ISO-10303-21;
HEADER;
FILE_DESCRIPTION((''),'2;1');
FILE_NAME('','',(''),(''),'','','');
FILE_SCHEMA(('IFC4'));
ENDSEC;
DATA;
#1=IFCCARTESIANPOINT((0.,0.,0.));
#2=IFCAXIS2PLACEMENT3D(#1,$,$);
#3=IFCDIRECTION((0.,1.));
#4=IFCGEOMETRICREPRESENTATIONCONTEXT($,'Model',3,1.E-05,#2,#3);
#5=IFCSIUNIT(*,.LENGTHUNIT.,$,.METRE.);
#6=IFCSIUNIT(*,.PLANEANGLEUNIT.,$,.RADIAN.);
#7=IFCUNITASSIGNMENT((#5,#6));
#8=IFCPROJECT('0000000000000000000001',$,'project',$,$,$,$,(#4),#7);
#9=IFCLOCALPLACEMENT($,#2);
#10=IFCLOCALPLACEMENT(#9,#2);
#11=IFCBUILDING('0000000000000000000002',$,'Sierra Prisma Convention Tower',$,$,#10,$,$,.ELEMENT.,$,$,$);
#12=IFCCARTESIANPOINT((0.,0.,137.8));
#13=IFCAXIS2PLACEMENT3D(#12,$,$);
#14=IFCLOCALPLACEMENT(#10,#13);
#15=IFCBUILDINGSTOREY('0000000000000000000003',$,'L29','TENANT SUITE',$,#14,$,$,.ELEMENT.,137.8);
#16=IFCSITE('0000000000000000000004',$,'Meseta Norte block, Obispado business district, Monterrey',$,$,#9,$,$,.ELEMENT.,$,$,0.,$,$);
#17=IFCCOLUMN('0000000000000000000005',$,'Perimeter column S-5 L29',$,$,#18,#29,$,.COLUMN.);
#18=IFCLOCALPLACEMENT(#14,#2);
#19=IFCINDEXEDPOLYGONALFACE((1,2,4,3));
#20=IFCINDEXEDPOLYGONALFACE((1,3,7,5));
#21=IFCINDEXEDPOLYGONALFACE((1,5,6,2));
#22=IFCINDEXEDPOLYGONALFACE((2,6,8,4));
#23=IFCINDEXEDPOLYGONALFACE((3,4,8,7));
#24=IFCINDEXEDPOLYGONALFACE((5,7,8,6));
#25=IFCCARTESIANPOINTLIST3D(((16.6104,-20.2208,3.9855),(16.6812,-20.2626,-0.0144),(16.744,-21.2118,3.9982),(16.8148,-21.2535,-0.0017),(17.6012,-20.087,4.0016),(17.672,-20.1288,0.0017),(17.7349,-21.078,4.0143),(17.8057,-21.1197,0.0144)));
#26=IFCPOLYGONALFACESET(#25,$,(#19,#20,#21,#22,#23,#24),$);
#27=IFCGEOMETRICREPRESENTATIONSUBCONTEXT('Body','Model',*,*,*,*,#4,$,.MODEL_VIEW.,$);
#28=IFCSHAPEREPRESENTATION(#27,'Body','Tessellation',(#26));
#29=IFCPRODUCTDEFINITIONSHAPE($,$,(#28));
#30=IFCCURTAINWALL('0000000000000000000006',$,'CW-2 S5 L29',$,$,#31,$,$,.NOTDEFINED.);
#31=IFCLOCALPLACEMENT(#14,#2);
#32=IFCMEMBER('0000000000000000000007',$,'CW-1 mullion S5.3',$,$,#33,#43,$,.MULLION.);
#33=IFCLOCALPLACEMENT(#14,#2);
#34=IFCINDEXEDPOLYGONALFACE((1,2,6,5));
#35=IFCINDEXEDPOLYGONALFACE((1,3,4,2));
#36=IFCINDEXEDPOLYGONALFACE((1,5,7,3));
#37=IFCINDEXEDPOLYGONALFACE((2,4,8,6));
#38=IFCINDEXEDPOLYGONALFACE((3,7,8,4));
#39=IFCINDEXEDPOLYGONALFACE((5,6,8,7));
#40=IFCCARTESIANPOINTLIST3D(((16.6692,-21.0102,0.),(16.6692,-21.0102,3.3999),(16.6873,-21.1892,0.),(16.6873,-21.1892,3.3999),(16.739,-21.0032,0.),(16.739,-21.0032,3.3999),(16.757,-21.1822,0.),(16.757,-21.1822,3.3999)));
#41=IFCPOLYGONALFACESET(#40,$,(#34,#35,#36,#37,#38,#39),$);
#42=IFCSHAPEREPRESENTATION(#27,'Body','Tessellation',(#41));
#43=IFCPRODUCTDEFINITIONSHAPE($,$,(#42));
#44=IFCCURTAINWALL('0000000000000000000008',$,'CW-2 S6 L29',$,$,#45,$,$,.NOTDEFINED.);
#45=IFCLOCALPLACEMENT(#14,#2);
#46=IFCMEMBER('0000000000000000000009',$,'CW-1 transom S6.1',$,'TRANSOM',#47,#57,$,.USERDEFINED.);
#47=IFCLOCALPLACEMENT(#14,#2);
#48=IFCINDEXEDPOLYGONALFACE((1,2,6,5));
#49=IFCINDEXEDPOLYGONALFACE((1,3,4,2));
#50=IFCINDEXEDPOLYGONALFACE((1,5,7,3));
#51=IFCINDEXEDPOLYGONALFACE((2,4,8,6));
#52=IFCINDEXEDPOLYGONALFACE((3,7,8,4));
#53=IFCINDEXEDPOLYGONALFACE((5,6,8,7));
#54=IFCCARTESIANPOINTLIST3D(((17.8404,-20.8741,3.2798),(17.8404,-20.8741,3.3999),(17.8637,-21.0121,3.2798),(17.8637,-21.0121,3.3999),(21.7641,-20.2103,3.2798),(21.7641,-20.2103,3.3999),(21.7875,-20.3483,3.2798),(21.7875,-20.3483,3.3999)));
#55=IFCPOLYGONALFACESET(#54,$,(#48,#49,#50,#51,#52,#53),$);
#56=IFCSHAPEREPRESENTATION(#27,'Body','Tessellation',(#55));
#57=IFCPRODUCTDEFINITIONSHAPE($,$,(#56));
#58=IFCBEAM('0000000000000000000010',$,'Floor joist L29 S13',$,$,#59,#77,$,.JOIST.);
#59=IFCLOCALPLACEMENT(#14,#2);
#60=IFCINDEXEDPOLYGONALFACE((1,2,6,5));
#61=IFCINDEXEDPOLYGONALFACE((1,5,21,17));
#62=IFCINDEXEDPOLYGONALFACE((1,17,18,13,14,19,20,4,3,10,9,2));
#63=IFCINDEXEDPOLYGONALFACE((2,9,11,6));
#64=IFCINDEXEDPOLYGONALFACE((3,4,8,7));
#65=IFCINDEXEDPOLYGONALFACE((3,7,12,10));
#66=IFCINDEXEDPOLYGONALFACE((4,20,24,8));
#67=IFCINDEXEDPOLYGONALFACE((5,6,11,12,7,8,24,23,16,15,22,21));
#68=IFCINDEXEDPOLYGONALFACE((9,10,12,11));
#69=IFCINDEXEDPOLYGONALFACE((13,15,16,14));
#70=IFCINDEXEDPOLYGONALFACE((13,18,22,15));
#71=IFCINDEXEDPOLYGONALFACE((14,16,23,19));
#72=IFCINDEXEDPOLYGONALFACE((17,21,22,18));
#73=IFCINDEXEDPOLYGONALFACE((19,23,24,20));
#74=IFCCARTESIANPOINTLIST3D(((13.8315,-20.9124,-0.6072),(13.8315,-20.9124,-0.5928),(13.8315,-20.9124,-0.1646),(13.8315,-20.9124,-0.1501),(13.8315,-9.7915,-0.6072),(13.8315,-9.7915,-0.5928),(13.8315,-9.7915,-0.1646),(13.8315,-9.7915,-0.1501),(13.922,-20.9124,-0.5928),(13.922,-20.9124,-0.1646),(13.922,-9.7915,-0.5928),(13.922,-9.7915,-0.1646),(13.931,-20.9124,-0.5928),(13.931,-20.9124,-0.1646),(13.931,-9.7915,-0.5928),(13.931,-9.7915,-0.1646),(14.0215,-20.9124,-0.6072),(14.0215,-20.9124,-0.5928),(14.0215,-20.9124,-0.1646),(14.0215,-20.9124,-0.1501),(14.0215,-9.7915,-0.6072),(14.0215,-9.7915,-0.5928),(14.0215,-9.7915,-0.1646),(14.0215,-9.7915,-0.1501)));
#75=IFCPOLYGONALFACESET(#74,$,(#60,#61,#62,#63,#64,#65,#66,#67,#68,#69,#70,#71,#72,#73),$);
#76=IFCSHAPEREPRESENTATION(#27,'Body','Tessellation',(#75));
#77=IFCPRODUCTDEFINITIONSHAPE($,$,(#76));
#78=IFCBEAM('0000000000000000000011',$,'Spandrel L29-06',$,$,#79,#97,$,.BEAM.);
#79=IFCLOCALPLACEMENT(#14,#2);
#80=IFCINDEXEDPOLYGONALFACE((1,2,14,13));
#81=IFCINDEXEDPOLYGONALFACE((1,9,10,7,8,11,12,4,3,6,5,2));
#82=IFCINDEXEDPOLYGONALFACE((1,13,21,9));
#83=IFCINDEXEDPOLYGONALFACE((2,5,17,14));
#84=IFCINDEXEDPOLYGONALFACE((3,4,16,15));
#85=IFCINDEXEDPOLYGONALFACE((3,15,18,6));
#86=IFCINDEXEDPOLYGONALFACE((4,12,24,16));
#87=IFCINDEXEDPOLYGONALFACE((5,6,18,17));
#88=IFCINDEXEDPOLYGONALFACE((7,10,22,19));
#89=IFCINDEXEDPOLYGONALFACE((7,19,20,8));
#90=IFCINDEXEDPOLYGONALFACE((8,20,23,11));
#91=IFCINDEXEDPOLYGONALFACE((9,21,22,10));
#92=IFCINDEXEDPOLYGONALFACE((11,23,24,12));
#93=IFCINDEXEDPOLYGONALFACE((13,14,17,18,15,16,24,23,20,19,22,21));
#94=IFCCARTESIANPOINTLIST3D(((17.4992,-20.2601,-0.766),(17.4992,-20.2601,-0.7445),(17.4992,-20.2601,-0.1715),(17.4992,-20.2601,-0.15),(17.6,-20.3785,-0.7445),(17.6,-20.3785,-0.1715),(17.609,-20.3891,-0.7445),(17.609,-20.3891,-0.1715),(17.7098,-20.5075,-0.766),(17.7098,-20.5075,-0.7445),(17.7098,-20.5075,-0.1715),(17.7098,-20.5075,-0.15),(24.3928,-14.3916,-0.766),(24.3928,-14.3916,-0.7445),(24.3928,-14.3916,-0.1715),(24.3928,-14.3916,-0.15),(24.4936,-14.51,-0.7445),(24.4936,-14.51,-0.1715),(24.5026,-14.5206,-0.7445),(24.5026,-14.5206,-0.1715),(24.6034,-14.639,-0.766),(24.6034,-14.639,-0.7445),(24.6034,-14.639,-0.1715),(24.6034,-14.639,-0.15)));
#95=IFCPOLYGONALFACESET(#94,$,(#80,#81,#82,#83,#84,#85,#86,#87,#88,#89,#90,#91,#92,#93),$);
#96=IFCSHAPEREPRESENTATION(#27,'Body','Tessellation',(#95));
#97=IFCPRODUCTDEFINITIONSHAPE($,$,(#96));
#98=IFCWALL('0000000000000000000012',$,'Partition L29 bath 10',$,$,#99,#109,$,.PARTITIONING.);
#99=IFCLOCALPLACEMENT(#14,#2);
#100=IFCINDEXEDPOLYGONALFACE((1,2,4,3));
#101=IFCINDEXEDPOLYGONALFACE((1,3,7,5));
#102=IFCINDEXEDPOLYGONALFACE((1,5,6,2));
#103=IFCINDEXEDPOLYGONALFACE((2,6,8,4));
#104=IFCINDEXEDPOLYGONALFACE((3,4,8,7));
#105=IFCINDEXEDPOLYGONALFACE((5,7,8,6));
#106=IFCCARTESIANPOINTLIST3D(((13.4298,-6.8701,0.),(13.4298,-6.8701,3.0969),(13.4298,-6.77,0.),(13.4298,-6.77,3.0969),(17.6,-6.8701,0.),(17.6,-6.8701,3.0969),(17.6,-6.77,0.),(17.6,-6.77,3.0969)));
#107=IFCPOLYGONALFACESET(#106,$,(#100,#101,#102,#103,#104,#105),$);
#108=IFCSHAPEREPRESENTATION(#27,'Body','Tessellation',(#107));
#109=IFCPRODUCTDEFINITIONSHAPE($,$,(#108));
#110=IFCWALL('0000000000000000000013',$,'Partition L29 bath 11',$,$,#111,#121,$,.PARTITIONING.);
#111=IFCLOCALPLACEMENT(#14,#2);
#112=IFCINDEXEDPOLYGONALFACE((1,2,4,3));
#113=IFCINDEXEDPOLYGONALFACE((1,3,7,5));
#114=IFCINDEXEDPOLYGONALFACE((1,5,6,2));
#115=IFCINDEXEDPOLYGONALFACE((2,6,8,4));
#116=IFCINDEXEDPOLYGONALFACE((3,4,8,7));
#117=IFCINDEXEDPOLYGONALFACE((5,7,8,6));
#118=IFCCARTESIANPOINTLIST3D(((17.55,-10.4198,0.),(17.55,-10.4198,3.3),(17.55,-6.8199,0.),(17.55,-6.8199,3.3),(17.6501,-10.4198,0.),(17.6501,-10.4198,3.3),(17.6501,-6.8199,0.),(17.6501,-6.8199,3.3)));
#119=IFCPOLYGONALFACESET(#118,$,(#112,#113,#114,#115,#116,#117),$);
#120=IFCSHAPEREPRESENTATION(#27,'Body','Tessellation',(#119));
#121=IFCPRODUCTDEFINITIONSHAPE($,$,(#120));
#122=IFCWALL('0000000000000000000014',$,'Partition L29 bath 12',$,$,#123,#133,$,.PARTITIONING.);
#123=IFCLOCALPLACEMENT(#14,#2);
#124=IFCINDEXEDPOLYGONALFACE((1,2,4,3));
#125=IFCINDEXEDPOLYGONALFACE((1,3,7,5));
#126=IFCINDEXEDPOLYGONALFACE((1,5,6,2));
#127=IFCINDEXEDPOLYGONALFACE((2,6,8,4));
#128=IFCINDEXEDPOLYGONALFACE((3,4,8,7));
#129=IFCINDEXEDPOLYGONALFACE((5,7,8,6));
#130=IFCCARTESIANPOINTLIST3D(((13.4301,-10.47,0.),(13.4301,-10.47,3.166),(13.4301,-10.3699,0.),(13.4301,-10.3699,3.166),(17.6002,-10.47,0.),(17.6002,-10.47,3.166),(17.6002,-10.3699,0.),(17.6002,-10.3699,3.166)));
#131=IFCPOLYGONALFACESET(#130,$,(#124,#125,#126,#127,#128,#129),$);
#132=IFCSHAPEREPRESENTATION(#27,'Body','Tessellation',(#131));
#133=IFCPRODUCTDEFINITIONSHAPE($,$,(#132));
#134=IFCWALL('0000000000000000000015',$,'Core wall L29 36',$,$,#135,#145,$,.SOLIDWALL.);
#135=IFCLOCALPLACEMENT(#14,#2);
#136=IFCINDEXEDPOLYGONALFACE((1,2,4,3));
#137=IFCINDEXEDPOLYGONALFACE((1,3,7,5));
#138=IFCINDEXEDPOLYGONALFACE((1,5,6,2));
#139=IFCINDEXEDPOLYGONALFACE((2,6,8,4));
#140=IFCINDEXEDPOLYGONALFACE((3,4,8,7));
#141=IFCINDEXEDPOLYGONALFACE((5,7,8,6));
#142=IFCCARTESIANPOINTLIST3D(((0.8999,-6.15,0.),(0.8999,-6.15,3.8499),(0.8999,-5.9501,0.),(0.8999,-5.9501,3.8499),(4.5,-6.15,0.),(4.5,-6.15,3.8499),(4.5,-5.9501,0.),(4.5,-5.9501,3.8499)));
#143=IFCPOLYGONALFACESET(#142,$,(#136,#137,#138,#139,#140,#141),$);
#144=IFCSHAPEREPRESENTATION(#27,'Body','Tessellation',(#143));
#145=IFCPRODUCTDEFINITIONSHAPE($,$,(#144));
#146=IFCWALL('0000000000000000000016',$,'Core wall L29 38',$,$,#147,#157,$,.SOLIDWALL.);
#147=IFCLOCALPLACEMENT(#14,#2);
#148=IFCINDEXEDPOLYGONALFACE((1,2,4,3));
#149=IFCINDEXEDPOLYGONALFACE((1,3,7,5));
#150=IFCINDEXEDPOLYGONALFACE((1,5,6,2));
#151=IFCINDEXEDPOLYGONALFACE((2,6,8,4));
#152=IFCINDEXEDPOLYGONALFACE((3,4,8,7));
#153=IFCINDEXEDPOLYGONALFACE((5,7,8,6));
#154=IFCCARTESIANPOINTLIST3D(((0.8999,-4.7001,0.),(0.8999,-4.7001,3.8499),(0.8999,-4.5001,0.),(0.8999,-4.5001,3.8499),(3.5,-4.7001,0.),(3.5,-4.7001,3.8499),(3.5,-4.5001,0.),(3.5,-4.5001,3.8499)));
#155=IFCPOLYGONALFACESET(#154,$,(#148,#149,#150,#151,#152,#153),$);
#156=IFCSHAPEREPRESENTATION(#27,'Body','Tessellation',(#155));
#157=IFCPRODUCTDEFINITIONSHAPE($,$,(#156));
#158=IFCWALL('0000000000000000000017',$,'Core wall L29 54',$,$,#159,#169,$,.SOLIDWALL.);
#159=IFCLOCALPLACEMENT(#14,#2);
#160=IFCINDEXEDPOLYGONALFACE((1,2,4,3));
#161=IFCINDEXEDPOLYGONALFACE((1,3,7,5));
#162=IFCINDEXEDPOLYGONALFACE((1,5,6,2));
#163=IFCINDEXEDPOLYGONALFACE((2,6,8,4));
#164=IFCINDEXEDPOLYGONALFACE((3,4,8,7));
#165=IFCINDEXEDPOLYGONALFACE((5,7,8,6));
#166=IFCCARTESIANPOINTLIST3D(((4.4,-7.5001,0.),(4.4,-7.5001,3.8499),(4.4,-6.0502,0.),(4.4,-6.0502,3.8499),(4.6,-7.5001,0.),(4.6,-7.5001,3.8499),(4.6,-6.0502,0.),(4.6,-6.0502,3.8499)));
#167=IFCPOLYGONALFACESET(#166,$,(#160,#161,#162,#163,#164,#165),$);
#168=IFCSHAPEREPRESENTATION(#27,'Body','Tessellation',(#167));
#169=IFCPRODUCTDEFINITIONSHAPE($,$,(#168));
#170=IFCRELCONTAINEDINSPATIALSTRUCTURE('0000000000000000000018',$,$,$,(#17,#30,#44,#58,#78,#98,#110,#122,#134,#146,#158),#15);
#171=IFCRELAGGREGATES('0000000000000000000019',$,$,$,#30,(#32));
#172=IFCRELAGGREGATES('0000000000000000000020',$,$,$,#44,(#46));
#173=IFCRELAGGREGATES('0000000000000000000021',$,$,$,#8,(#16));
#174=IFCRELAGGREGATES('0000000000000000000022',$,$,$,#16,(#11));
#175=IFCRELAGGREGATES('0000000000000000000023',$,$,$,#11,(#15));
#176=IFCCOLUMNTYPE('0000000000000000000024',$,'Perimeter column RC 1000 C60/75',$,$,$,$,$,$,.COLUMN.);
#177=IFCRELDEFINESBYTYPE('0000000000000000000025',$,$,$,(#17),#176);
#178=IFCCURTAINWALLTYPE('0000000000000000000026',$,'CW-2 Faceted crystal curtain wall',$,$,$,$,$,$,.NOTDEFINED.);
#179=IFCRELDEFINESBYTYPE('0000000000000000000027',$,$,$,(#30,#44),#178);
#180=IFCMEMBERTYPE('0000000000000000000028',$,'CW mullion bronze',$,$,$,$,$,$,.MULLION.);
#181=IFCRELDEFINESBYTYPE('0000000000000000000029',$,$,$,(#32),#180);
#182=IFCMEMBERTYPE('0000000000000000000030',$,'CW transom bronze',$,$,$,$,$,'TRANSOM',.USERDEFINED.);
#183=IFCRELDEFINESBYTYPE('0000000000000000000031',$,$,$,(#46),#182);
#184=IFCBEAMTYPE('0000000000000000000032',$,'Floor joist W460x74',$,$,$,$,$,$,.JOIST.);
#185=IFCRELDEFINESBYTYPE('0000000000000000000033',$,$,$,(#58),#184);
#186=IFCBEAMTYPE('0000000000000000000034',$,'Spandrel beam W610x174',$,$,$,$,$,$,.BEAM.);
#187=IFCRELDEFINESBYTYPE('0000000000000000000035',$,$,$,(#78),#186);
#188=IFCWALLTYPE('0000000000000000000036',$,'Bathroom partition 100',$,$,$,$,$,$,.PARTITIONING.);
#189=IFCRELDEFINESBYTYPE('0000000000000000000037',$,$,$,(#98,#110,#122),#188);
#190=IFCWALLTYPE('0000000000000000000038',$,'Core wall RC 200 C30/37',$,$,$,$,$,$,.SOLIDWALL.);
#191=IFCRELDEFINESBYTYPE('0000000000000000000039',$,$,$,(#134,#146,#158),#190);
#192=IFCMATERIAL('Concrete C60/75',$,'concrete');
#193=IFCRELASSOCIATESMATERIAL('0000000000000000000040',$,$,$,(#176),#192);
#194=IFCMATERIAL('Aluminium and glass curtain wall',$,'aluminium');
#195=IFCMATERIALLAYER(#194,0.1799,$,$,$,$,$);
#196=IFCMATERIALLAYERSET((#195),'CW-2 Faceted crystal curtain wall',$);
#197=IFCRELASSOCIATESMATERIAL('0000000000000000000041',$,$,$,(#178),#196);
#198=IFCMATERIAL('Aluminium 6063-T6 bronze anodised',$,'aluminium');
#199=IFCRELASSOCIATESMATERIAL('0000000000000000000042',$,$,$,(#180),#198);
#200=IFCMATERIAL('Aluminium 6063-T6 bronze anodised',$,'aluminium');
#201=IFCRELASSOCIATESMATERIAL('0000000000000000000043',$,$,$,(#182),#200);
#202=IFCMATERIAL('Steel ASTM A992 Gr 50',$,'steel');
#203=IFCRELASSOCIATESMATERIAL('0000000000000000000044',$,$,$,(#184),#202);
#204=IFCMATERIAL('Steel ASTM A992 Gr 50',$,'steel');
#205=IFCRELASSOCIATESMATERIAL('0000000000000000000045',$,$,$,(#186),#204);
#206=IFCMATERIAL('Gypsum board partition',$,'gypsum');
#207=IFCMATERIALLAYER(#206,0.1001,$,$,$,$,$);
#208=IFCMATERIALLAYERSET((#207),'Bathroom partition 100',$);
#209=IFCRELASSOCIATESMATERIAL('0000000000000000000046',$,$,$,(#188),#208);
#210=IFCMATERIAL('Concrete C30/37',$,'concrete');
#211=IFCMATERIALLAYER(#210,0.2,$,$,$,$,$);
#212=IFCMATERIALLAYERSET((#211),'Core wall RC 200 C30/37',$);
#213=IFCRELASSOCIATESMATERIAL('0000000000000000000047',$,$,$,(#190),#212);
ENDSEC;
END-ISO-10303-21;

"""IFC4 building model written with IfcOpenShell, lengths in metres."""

from ifc_helpers import new_model, si_unit, direction, frame, frame_2d, origin, origin_2d, place, context, subcontext, project, spatial, rectangle, i_section, extrude, material, layer, layer_set, material_profile, profile_set, type_object, element, aggregate, save


model = new_model("IFC4")

# Units and contexts
model_context = context("Model", 3, precision=1e-05, world=origin(), true_north=direction((0.0, 1.0)))
body_context = subcontext(model_context, "Body", "Model", "MODEL_VIEW")
ifc_project = project(units=[si_unit("LENGTHUNIT", "METRE"), si_unit("PLANEANGLEUNIT", "RADIAN")], contexts=[model_context])

# Site, building, storey
site_placement = place(None, origin())
site = spatial("IfcSite", under=ifc_project, at=site_placement, Name="Meseta Norte block, Obispado business district, Monterrey", CompositionType="ELEMENT", RefElevation=0.0)
building_placement = place(site_placement, origin())
building = spatial("IfcBuilding", under=site, at=building_placement, Name="Sierra Prisma Convention Tower", CompositionType="ELEMENT")
storey_placement = place(building_placement, frame((0.0, 0.0, 137.8)))
storey = spatial("IfcBuildingStorey", under=building, at=storey_placement, Name="L29", Description="TENANT SUITE", CompositionType="ELEMENT", Elevation=137.8)

# Column
ifc_material_1 = material(Name="Concrete C60/75", Category="concrete")
ifc_material_profile_1 = material_profile(ifc_material_1, rectangle(XDim=1.0, YDim=1.0, at=origin_2d()), Name="Perimeter column RC 1000 C60/75")
ifc_profile_set_1 = profile_set([ifc_material_profile_1], Name="Concrete C60/75")
column_type = type_object("IfcColumnType", Name="Perimeter column RC 1000 C60/75", PredefinedType="COLUMN", material=ifc_profile_set_1)
column_placement = place(storey_placement, frame((17.2434, -20.6912, 0.0), z_axis=(-0.017696, 0.010435, 0.999789), x_axis=(0.990875, 0.133813, 0.016142)))
element("IfcColumn", 1, at=column_placement, inside=storey, type_object=column_type, Name="Perimeter column S-5 L29", PredefinedType="COLUMN", context=body_context, shape_type="SweptSolid", body=[
    extrude(rectangle(XDim=1.0, YDim=1.0, at=origin_2d()), origin(), (0.0, 0.0, 1.0), 4.0007),
])

# Curtain walls, members
ifc_material_2 = material(Name="Aluminium and glass curtain wall", Category="aluminium")
ifc_layer_1 = layer(ifc_material_2, 0.1799)
ifc_layer_set_1 = layer_set([ifc_layer_1], Name="CW-2 Faceted crystal curtain wall")
curtain_wall_type = type_object("IfcCurtainWallType", Name="CW-2 Faceted crystal curtain wall", PredefinedType="NOTDEFINED", material=ifc_layer_set_1)
curtain_wall_1_placement = place(storey_placement, origin())
curtain_wall_1 = element("IfcCurtainWall", 2, at=curtain_wall_1_placement, inside=storey, type_object=curtain_wall_type, Name="CW-2 S5 L29", PredefinedType="NOTDEFINED")
ifc_material_3 = material(Name="Aluminium 6063-T6 bronze anodised", Category="aluminium")
ifc_material_profile_2 = material_profile(ifc_material_3, rectangle(XDim=0.1799, YDim=0.0701, at=origin_2d()), Name="ALU MULLION 70x180")
ifc_profile_set_2 = profile_set([ifc_material_profile_2], Name="Aluminium 6063-T6 bronze anodised")
member_type_1 = type_object("IfcMemberType", Name="CW mullion bronze", PredefinedType="MULLION", material=ifc_profile_set_2)
member_1_placement = place(storey_placement, frame((16.7131, -21.0962, 0.0), z_axis=(0.0, 0.0, 1.0), x_axis=(-0.100359, 0.994951, 0.0)))
member_1 = element("IfcMember", 3, at=member_1_placement, type_object=member_type_1, Name="CW-1 mullion S5.3", PredefinedType="MULLION", context=body_context, shape_type="SweptSolid", body=[
    extrude(rectangle(XDim=0.1799, YDim=0.0701, at=origin_2d()), origin(), (0.0, 0.0, 1.0), 3.3999),
])
aggregate(curtain_wall_1, [member_1])
curtain_wall_2_placement = place(storey_placement, origin())
curtain_wall_2 = element("IfcCurtainWall", 4, at=curtain_wall_2_placement, inside=storey, type_object=curtain_wall_type, Name="CW-2 S6 L29", PredefinedType="NOTDEFINED")
ifc_material_4 = material(Name="Aluminium 6063-T6 bronze anodised", Category="aluminium")
ifc_material_profile_3 = material_profile(ifc_material_4, rectangle(XDim=0.1399, YDim=0.1201, at=origin_2d()), Name="ALU TRANSOM 120x140")
ifc_profile_set_3 = profile_set([ifc_material_profile_3], Name="Aluminium 6063-T6 bronze anodised")
member_type_2 = type_object("IfcMemberType", Name="CW transom bronze", ElementType="TRANSOM", PredefinedType="USERDEFINED", material=ifc_profile_set_3)
member_2_placement = place(storey_placement, frame((17.8521, -20.9431, 3.3398), z_axis=(0.98599, 0.166806, 0.0), x_axis=(-0.166806, 0.98599, 0.0)))
member_2 = element("IfcMember", 5, at=member_2_placement, type_object=member_type_2, Name="CW-1 transom S6.1", ObjectType="TRANSOM", PredefinedType="USERDEFINED", context=body_context, shape_type="SweptSolid", body=[
    extrude(rectangle(XDim=0.1399, YDim=0.1201, at=origin_2d()), origin(), (0.0, 0.0, 1.0), 3.9795),
])
aggregate(curtain_wall_2, [member_2])

# Beams
ifc_material_5 = material(Name="Steel ASTM A992 Gr 50", Category="steel")
ifc_material_profile_4 = material_profile(ifc_material_5, i_section(OverallWidth=0.1899, OverallDepth=0.457, WebThickness=0.009, FlangeThickness=0.0144, at=origin_2d()), Name="W460x74")
ifc_profile_set_4 = profile_set([ifc_material_profile_4], Name="Steel ASTM A992 Gr 50")
beam_type_1 = type_object("IfcBeamType", Name="Floor joist W460x74", PredefinedType="JOIST", material=ifc_profile_set_4)
beam_1_placement = place(storey_placement, frame((13.9265, -20.9124, -0.3787), z_axis=(0.0, 1.0, 0.0), x_axis=(-1.0, 0.0, 0.0)))
element("IfcBeam", 6, at=beam_1_placement, inside=storey, type_object=beam_type_1, Name="Floor joist L29 S13", PredefinedType="JOIST", context=body_context, shape_type="SweptSolid", body=[
    extrude(i_section(OverallWidth=0.1899, OverallDepth=0.457, WebThickness=0.009, FlangeThickness=0.0144, at=origin_2d()), origin(), (0.0, 0.0, 1.0), 11.1208),
])
ifc_material_6 = material(Name="Steel ASTM A992 Gr 50", Category="steel")
ifc_material_profile_5 = material_profile(ifc_material_6, i_section(OverallWidth=0.325, OverallDepth=0.616, WebThickness=0.0139, FlangeThickness=0.0215, at=origin_2d()), Name="W610x174")
ifc_profile_set_5 = profile_set([ifc_material_profile_5], Name="Steel ASTM A992 Gr 50")
beam_type_2 = type_object("IfcBeamType", Name="Spandrel beam W610x174", PredefinedType="BEAM", material=ifc_profile_set_5)
beam_2_placement = place(storey_placement, frame((17.6045, -20.3838, -0.458), z_axis=(0.761455, 0.648218, 0.0), x_axis=(-0.648218, 0.761455, 0.0)))
element("IfcBeam", 7, at=beam_2_placement, inside=storey, type_object=beam_type_2, Name="Spandrel L29-06", PredefinedType="BEAM", context=body_context, shape_type="SweptSolid", body=[
    extrude(i_section(OverallWidth=0.325, OverallDepth=0.616, WebThickness=0.0139, FlangeThickness=0.0215, at=origin_2d()), origin(), (0.0, 0.0, 1.0), 9.0532),
])

# Walls
ifc_material_7 = material(Name="Gypsum board partition", Category="gypsum")
ifc_layer_2 = layer(ifc_material_7, 0.1001)
ifc_layer_set_2 = layer_set([ifc_layer_2], Name="Bathroom partition 100")
wall_type_1 = type_object("IfcWallType", Name="Bathroom partition 100", PredefinedType="PARTITIONING", material=ifc_layer_set_2)
wall_1_placement = place(storey_placement, frame((13.4299, -6.8201, 0.0), z_axis=(0.0, 0.0, 1.0), x_axis=(1.0, 0.0, 0.0)))
element("IfcWall", 8, at=wall_1_placement, inside=storey, type_object=wall_type_1, Name="Partition L29 bath 10", PredefinedType="PARTITIONING", context=body_context, shape_type="SweptSolid", body=[
    extrude(rectangle(XDim=4.1702, YDim=0.1001, at=frame_2d((2.085, 0.0))), origin(), (0.0, 0.0, 1.0), 3.0969),
])
wall_2_placement = place(storey_placement, frame((17.6001, -6.8201, 0.0), z_axis=(0.0, 0.0, 1.0), x_axis=(0.0, -1.0, 0.0)))
element("IfcWall", 9, at=wall_2_placement, inside=storey, type_object=wall_type_1, Name="Partition L29 bath 11", PredefinedType="PARTITIONING", context=body_context, shape_type="SweptSolid", body=[
    extrude(rectangle(XDim=3.5999, YDim=0.1001, at=frame_2d((1.7998, 0.0))), origin(), (0.0, 0.0, 1.0), 3.3),
])
wall_3_placement = place(storey_placement, frame((17.6001, -10.4199, 0.0), z_axis=(0.0, 0.0, 1.0), x_axis=(-1.0, 0.0, 0.0)))
element("IfcWall", 10, at=wall_3_placement, inside=storey, type_object=wall_type_1, Name="Partition L29 bath 12", PredefinedType="PARTITIONING", context=body_context, shape_type="SweptSolid", body=[
    extrude(rectangle(XDim=4.1702, YDim=0.1001, at=frame_2d((2.085, 0.0))), origin(), (0.0, 0.0, 1.0), 3.166),
])

# Shared definitions
ifc_material_8 = material(Name="Concrete C30/37", Category="concrete")
ifc_layer_3 = layer(ifc_material_8, 0.2)
ifc_layer_set_3 = layer_set([ifc_layer_3], Name="Core wall RC 200 C30/37")
wall_type_2 = type_object("IfcWallType", Name="Core wall RC 200 C30/37", PredefinedType="SOLIDWALL", material=ifc_layer_set_3)

# Wall
wall_4_placement = place(storey_placement, frame((4.5, -6.05, 0.0), z_axis=(0.0, 0.0, 1.0), x_axis=(-1.0, 0.0, 0.0)))
element("IfcWall", 11, at=wall_4_placement, inside=storey, type_object=wall_type_2, Name="Core wall L29 36", PredefinedType="SOLIDWALL", context=body_context, shape_type="SweptSolid", body=[
    extrude(rectangle(XDim=3.6001, YDim=0.2, at=frame_2d((1.8, 0.0))), origin(), (0.0, 0.0, 1.0), 3.8499),
])

# Walls
wall_5_placement = place(storey_placement, frame((3.5, -4.6001, 0.0), z_axis=(0.0, 0.0, 1.0), x_axis=(-1.0, 0.0, 0.0)))
element("IfcWall", 12, at=wall_5_placement, inside=storey, type_object=wall_type_2, Name="Core wall L29 38", PredefinedType="SOLIDWALL", context=body_context, shape_type="SweptSolid", body=[
    extrude(rectangle(XDim=2.6001, YDim=0.2, at=frame_2d((1.3, 0.0))), origin(), (0.0, 0.0, 1.0), 3.8499),
])
wall_6_placement = place(storey_placement, frame((4.5, -6.05, 0.0), z_axis=(0.0, 0.0, 1.0), x_axis=(0.0, -1.0, 0.0)))
element("IfcWall", 13, at=wall_6_placement, inside=storey, type_object=wall_type_2, Name="Core wall L29 54", PredefinedType="SOLIDWALL", context=body_context, shape_type="SweptSolid", body=[
    extrude(rectangle(XDim=1.45, YDim=0.2, at=frame_2d((0.7251, 0.0))), origin(), (0.0, 0.0, 1.0), 3.8499),
])

save(model, "model.ifc")
